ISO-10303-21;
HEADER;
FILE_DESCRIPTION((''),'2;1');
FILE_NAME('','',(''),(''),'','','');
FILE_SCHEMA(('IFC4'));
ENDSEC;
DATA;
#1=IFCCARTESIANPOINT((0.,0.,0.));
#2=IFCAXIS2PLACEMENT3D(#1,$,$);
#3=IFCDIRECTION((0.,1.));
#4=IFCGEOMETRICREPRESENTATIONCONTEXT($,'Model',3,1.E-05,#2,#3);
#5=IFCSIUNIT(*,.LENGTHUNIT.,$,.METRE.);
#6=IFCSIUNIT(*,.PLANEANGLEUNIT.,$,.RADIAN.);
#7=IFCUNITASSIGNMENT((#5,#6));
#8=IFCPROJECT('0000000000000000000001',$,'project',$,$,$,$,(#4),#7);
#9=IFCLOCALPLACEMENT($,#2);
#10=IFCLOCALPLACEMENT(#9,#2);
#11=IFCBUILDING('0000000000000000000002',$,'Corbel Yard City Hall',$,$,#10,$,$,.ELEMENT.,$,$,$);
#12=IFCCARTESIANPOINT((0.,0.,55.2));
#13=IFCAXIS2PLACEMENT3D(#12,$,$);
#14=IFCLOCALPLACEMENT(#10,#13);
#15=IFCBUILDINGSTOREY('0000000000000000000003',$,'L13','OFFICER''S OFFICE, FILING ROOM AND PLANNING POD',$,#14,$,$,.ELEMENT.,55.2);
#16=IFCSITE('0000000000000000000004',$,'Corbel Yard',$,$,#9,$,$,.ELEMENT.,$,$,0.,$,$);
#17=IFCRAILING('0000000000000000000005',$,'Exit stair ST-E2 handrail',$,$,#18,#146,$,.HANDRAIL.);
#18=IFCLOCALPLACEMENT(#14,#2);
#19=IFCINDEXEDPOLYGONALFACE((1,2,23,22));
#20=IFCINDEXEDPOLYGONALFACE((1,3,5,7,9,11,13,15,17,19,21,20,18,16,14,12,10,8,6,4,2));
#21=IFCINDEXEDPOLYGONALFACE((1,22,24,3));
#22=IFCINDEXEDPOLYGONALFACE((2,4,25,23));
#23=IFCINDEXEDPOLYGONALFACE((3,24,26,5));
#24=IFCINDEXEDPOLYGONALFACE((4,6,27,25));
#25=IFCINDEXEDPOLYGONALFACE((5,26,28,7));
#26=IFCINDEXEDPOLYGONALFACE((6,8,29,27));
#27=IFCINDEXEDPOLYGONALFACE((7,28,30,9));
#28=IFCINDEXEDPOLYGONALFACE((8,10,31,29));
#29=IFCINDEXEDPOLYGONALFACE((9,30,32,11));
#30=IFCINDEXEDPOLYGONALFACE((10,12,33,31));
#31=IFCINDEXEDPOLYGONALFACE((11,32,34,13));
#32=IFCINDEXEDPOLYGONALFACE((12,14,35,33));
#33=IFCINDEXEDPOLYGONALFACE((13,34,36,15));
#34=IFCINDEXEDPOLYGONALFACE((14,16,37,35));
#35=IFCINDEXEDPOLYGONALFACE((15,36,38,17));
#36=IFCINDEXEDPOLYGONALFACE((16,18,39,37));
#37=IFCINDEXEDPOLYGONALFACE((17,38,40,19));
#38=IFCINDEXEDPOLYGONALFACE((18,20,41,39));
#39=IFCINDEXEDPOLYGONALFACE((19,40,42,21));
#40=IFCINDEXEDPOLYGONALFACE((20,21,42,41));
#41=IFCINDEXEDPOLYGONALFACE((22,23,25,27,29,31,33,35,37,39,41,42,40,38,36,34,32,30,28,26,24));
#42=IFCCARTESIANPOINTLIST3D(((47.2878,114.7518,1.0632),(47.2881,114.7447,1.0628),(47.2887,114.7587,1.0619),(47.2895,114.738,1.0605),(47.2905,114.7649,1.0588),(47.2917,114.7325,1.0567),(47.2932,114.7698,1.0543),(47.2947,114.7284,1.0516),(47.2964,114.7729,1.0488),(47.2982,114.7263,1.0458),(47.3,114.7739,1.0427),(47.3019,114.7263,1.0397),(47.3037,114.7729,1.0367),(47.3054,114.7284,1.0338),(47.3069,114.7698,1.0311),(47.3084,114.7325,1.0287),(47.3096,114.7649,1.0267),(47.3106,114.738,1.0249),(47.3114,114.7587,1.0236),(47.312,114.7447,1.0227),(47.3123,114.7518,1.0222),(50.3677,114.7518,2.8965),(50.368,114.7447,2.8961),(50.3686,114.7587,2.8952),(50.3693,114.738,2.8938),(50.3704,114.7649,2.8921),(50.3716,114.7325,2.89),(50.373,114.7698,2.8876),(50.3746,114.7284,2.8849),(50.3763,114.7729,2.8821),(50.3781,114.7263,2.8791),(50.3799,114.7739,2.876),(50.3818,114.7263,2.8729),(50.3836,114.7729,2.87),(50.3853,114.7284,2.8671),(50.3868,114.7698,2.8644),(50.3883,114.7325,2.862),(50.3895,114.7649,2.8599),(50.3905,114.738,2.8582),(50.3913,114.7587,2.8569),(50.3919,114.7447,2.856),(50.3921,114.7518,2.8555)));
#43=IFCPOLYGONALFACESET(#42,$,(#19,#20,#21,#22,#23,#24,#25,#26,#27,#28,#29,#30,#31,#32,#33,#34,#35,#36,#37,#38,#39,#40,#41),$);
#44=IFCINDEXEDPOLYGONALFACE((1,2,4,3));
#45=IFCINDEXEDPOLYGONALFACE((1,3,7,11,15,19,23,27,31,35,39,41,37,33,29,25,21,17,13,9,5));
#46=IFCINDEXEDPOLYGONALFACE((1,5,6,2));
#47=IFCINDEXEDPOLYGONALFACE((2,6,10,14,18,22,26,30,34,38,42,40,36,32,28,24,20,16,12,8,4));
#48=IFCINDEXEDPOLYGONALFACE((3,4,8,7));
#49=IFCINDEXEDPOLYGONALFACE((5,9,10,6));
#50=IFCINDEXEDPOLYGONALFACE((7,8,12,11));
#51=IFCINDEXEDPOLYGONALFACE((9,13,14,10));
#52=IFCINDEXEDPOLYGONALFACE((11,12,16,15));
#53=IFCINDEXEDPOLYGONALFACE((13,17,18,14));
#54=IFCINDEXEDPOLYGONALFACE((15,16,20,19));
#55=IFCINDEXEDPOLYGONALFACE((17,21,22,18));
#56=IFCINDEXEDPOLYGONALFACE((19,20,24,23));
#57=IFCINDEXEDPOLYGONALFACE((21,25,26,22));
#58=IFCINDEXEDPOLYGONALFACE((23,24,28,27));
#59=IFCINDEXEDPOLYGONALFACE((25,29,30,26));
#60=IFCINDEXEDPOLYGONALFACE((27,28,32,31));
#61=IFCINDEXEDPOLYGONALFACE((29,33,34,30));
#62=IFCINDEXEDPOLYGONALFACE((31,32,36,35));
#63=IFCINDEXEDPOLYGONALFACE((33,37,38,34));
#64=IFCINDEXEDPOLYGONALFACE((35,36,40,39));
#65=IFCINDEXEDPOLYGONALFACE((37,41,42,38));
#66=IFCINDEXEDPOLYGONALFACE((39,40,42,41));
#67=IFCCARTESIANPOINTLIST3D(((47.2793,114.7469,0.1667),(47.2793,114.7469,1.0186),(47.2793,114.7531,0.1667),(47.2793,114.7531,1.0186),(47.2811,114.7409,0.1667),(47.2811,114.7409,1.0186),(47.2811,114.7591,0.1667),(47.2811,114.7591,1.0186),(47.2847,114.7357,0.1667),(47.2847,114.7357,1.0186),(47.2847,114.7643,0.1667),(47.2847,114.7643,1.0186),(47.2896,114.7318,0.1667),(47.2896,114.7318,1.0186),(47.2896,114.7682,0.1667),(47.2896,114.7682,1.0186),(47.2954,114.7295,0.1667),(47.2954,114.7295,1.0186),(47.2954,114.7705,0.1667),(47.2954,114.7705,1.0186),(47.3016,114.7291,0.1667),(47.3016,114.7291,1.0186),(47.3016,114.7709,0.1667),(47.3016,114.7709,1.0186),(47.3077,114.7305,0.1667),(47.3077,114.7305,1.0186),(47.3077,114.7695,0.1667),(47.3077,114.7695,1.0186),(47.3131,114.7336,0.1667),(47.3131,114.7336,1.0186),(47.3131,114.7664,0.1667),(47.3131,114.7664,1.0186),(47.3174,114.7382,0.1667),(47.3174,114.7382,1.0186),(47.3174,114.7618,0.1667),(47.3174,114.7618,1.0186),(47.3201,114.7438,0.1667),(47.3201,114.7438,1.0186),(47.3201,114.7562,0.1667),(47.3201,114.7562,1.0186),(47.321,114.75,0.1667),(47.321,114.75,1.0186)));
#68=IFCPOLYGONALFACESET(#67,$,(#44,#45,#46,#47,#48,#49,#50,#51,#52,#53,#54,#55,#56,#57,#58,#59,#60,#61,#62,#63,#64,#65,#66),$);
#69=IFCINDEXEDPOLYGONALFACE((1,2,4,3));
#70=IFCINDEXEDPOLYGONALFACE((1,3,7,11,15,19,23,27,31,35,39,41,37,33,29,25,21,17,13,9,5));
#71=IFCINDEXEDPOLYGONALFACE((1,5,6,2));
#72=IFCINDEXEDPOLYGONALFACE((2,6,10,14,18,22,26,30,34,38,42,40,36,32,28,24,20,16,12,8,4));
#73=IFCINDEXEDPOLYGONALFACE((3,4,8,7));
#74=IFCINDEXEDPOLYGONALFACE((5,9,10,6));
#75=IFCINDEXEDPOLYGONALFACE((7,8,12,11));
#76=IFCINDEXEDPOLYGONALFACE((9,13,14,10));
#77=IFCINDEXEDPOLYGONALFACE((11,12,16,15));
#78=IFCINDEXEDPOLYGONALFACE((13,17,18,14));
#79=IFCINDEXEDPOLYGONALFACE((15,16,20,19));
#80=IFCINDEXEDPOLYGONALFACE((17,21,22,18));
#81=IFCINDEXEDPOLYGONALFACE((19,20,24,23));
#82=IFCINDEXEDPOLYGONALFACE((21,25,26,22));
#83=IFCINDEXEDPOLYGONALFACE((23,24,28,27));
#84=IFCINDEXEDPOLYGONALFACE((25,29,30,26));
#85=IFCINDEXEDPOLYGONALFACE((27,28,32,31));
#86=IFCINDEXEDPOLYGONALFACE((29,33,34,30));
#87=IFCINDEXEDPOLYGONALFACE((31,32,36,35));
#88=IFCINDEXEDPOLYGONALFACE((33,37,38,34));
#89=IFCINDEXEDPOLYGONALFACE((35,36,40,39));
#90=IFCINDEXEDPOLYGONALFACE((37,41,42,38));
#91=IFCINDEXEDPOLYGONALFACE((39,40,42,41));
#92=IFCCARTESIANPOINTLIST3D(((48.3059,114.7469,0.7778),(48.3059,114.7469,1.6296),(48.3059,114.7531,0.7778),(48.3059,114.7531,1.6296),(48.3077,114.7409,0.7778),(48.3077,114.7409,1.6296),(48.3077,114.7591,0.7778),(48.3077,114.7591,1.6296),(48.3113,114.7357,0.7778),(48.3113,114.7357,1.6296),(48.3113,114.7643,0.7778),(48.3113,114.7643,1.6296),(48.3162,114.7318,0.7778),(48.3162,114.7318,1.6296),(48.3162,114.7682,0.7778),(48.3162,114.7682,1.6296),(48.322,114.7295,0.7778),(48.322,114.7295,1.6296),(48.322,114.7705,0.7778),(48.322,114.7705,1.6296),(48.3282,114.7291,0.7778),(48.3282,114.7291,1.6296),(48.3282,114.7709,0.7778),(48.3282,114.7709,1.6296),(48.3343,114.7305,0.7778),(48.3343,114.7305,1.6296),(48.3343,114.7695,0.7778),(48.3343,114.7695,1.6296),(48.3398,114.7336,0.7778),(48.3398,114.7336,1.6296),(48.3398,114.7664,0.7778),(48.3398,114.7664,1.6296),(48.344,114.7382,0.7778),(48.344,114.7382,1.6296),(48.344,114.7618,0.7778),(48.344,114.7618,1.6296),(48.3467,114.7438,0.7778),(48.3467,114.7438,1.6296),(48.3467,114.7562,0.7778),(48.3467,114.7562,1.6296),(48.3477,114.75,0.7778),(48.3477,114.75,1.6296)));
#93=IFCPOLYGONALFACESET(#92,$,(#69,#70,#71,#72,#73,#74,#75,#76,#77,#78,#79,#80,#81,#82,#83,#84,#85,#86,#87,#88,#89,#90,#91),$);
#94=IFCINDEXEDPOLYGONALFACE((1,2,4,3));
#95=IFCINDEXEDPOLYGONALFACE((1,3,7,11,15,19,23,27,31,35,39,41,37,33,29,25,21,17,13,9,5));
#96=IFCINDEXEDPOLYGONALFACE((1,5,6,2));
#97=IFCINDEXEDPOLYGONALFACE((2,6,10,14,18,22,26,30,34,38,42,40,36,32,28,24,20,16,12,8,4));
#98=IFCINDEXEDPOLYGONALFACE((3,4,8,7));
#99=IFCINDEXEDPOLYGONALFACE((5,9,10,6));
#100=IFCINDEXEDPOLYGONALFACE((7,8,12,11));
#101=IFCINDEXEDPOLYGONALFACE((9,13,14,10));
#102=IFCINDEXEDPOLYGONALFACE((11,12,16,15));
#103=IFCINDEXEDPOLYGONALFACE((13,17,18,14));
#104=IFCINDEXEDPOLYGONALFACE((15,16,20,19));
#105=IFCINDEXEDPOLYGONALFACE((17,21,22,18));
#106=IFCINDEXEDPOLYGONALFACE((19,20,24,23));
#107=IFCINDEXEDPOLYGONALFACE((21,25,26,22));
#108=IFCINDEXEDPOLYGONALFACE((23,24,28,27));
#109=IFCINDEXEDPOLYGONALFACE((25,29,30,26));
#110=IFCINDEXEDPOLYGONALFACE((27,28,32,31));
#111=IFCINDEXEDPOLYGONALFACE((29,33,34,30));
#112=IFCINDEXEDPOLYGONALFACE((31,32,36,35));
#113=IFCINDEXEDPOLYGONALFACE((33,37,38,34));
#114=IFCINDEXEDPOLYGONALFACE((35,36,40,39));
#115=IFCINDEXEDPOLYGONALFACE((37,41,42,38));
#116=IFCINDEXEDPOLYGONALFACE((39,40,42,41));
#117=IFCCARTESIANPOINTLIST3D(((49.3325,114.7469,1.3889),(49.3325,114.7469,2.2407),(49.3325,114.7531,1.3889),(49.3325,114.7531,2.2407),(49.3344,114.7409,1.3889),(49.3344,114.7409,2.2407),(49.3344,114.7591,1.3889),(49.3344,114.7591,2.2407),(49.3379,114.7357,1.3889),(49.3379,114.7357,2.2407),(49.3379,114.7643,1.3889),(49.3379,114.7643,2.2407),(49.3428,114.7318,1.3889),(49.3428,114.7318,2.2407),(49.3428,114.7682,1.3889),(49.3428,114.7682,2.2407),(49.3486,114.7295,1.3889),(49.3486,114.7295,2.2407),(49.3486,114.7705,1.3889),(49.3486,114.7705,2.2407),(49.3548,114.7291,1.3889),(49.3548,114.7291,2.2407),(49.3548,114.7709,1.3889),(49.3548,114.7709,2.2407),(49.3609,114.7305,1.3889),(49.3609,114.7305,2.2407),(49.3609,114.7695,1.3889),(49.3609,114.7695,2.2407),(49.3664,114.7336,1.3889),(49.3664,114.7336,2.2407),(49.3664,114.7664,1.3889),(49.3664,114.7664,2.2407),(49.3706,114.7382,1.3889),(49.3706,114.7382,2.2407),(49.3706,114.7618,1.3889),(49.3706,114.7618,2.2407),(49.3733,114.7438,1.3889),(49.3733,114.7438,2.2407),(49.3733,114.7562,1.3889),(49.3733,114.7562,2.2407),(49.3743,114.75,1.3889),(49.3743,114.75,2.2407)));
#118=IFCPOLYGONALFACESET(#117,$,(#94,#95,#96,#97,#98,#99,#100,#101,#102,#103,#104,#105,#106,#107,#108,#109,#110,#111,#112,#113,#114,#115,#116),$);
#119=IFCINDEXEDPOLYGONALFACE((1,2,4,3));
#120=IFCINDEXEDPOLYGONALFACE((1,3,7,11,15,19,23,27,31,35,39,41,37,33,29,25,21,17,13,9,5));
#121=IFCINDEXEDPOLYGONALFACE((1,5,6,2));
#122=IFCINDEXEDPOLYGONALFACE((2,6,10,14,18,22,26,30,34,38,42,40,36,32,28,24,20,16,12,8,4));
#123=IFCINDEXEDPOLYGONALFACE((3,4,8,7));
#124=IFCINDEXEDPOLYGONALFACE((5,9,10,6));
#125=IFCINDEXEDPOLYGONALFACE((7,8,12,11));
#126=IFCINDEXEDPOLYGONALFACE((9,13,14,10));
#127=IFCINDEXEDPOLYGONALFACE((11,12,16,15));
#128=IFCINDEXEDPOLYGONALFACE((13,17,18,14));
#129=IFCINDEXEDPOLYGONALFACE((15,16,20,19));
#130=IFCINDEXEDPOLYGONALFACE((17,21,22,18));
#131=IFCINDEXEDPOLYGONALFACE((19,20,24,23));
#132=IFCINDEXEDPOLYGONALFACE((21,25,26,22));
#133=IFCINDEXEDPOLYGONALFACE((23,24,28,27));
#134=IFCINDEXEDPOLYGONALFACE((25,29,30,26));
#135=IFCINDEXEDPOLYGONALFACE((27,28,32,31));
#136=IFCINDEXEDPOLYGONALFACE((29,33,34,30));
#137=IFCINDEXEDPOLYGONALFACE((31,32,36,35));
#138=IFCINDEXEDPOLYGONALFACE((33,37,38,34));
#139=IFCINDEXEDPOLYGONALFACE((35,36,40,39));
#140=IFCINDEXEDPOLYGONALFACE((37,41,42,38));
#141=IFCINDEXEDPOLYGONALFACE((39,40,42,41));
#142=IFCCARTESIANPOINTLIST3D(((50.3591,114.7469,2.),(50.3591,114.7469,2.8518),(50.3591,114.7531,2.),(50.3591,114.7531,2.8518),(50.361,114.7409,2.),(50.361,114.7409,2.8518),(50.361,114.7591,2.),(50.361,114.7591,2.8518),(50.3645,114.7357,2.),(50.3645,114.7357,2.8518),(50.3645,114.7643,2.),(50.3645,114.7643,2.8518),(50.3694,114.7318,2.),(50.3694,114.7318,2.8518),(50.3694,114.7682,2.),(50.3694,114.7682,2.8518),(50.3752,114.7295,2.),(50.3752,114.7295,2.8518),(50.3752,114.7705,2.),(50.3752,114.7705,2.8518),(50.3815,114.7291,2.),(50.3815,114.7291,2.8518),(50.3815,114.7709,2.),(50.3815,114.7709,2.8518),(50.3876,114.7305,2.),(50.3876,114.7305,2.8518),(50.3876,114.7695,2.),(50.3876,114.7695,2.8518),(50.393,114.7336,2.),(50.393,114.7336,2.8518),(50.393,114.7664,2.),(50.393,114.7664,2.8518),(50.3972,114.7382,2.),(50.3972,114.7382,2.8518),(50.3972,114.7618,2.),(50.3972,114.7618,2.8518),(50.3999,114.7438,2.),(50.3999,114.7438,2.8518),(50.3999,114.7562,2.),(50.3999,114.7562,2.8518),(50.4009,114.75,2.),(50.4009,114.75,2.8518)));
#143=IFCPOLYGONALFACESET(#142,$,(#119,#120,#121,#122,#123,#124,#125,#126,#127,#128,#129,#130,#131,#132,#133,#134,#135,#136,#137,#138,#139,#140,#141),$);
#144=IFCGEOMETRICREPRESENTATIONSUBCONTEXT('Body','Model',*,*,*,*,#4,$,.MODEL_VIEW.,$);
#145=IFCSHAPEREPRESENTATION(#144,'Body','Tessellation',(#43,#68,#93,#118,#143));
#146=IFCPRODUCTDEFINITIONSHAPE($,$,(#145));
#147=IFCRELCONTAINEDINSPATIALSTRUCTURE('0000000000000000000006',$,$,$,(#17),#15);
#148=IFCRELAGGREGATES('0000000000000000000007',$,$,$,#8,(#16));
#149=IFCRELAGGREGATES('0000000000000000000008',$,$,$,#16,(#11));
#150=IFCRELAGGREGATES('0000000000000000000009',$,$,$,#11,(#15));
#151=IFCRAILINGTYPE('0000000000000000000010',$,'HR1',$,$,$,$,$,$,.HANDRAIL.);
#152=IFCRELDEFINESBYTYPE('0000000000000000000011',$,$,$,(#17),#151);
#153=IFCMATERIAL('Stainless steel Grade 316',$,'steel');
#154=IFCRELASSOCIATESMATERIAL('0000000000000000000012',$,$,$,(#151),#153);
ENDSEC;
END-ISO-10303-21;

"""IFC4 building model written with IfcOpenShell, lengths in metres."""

from ifc_helpers import new_model, si_unit, direction, frame, origin, origin_2d, place, context, subcontext, project, spatial, circle, extrude, material, type_object, element, save


model = new_model("IFC4")

# Units and contexts
model_context = context("Model", 3, precision=1e-05, world=origin(), true_north=direction((0.0, 1.0)))
body_context = subcontext(model_context, "Body", "Model", "MODEL_VIEW")
ifc_project = project(units=[si_unit("LENGTHUNIT", "METRE"), si_unit("PLANEANGLEUNIT", "RADIAN")], contexts=[model_context])

# Site, building, storey
site_placement = place(None, origin())
site = spatial("IfcSite", under=ifc_project, at=site_placement, Name="Corbel Yard", CompositionType="ELEMENT", RefElevation=0.0)
building_placement = place(site_placement, origin())
building = spatial("IfcBuilding", under=site, at=building_placement, Name="Corbel Yard City Hall", CompositionType="ELEMENT")
storey_placement = place(building_placement, frame((0.0, 0.0, 55.2)))
storey = spatial("IfcBuildingStorey", under=building, at=storey_placement, Name="L13", Description="OFFICER'S OFFICE, FILING ROOM AND PLANNING POD", CompositionType="ELEMENT", Elevation=55.2)

# Shared definitions
ifc_material_1 = material(Name="Stainless steel Grade 316", Category="steel")

# Railing
railing_type = type_object("IfcRailingType", Name="HR1", PredefinedType="HANDRAIL", material=ifc_material_1)
railing_placement = place(storey_placement, frame((47.3, 114.75, 0.1667)))
element("IfcRailing", 1, at=railing_placement, inside=storey, type_object=railing_type, Name="Exit stair ST-E2 handrail", PredefinedType="HANDRAIL", context=body_context, shape_type="SweptSolid", body=[
    extrude(circle(Radius=0.0239, at=origin_2d()), frame((0.0, 0.0, 0.876), z_axis=(0.859291, 0.0, 0.511487), x_axis=(0.0, 1.0, 0.0)), (0.0, 0.0, 1.0), 3.5842),
    extrude(circle(Radius=0.021, at=origin_2d()), origin(), (0.0, 0.0, 1.0), 0.8518),
    extrude(circle(Radius=0.021, at=origin_2d()), frame((1.0266, 0.0, 0.6111)), (0.0, 0.0, 1.0), 0.8518),
    extrude(circle(Radius=0.021, at=origin_2d()), frame((2.0532, 0.0, 1.2222)), (0.0, 0.0, 1.0), 0.8518),
    extrude(circle(Radius=0.021, at=origin_2d()), frame((3.0798, 0.0, 1.8333)), (0.0, 0.0, 1.0), 0.8518),
])

save(model, "model.ifc")
